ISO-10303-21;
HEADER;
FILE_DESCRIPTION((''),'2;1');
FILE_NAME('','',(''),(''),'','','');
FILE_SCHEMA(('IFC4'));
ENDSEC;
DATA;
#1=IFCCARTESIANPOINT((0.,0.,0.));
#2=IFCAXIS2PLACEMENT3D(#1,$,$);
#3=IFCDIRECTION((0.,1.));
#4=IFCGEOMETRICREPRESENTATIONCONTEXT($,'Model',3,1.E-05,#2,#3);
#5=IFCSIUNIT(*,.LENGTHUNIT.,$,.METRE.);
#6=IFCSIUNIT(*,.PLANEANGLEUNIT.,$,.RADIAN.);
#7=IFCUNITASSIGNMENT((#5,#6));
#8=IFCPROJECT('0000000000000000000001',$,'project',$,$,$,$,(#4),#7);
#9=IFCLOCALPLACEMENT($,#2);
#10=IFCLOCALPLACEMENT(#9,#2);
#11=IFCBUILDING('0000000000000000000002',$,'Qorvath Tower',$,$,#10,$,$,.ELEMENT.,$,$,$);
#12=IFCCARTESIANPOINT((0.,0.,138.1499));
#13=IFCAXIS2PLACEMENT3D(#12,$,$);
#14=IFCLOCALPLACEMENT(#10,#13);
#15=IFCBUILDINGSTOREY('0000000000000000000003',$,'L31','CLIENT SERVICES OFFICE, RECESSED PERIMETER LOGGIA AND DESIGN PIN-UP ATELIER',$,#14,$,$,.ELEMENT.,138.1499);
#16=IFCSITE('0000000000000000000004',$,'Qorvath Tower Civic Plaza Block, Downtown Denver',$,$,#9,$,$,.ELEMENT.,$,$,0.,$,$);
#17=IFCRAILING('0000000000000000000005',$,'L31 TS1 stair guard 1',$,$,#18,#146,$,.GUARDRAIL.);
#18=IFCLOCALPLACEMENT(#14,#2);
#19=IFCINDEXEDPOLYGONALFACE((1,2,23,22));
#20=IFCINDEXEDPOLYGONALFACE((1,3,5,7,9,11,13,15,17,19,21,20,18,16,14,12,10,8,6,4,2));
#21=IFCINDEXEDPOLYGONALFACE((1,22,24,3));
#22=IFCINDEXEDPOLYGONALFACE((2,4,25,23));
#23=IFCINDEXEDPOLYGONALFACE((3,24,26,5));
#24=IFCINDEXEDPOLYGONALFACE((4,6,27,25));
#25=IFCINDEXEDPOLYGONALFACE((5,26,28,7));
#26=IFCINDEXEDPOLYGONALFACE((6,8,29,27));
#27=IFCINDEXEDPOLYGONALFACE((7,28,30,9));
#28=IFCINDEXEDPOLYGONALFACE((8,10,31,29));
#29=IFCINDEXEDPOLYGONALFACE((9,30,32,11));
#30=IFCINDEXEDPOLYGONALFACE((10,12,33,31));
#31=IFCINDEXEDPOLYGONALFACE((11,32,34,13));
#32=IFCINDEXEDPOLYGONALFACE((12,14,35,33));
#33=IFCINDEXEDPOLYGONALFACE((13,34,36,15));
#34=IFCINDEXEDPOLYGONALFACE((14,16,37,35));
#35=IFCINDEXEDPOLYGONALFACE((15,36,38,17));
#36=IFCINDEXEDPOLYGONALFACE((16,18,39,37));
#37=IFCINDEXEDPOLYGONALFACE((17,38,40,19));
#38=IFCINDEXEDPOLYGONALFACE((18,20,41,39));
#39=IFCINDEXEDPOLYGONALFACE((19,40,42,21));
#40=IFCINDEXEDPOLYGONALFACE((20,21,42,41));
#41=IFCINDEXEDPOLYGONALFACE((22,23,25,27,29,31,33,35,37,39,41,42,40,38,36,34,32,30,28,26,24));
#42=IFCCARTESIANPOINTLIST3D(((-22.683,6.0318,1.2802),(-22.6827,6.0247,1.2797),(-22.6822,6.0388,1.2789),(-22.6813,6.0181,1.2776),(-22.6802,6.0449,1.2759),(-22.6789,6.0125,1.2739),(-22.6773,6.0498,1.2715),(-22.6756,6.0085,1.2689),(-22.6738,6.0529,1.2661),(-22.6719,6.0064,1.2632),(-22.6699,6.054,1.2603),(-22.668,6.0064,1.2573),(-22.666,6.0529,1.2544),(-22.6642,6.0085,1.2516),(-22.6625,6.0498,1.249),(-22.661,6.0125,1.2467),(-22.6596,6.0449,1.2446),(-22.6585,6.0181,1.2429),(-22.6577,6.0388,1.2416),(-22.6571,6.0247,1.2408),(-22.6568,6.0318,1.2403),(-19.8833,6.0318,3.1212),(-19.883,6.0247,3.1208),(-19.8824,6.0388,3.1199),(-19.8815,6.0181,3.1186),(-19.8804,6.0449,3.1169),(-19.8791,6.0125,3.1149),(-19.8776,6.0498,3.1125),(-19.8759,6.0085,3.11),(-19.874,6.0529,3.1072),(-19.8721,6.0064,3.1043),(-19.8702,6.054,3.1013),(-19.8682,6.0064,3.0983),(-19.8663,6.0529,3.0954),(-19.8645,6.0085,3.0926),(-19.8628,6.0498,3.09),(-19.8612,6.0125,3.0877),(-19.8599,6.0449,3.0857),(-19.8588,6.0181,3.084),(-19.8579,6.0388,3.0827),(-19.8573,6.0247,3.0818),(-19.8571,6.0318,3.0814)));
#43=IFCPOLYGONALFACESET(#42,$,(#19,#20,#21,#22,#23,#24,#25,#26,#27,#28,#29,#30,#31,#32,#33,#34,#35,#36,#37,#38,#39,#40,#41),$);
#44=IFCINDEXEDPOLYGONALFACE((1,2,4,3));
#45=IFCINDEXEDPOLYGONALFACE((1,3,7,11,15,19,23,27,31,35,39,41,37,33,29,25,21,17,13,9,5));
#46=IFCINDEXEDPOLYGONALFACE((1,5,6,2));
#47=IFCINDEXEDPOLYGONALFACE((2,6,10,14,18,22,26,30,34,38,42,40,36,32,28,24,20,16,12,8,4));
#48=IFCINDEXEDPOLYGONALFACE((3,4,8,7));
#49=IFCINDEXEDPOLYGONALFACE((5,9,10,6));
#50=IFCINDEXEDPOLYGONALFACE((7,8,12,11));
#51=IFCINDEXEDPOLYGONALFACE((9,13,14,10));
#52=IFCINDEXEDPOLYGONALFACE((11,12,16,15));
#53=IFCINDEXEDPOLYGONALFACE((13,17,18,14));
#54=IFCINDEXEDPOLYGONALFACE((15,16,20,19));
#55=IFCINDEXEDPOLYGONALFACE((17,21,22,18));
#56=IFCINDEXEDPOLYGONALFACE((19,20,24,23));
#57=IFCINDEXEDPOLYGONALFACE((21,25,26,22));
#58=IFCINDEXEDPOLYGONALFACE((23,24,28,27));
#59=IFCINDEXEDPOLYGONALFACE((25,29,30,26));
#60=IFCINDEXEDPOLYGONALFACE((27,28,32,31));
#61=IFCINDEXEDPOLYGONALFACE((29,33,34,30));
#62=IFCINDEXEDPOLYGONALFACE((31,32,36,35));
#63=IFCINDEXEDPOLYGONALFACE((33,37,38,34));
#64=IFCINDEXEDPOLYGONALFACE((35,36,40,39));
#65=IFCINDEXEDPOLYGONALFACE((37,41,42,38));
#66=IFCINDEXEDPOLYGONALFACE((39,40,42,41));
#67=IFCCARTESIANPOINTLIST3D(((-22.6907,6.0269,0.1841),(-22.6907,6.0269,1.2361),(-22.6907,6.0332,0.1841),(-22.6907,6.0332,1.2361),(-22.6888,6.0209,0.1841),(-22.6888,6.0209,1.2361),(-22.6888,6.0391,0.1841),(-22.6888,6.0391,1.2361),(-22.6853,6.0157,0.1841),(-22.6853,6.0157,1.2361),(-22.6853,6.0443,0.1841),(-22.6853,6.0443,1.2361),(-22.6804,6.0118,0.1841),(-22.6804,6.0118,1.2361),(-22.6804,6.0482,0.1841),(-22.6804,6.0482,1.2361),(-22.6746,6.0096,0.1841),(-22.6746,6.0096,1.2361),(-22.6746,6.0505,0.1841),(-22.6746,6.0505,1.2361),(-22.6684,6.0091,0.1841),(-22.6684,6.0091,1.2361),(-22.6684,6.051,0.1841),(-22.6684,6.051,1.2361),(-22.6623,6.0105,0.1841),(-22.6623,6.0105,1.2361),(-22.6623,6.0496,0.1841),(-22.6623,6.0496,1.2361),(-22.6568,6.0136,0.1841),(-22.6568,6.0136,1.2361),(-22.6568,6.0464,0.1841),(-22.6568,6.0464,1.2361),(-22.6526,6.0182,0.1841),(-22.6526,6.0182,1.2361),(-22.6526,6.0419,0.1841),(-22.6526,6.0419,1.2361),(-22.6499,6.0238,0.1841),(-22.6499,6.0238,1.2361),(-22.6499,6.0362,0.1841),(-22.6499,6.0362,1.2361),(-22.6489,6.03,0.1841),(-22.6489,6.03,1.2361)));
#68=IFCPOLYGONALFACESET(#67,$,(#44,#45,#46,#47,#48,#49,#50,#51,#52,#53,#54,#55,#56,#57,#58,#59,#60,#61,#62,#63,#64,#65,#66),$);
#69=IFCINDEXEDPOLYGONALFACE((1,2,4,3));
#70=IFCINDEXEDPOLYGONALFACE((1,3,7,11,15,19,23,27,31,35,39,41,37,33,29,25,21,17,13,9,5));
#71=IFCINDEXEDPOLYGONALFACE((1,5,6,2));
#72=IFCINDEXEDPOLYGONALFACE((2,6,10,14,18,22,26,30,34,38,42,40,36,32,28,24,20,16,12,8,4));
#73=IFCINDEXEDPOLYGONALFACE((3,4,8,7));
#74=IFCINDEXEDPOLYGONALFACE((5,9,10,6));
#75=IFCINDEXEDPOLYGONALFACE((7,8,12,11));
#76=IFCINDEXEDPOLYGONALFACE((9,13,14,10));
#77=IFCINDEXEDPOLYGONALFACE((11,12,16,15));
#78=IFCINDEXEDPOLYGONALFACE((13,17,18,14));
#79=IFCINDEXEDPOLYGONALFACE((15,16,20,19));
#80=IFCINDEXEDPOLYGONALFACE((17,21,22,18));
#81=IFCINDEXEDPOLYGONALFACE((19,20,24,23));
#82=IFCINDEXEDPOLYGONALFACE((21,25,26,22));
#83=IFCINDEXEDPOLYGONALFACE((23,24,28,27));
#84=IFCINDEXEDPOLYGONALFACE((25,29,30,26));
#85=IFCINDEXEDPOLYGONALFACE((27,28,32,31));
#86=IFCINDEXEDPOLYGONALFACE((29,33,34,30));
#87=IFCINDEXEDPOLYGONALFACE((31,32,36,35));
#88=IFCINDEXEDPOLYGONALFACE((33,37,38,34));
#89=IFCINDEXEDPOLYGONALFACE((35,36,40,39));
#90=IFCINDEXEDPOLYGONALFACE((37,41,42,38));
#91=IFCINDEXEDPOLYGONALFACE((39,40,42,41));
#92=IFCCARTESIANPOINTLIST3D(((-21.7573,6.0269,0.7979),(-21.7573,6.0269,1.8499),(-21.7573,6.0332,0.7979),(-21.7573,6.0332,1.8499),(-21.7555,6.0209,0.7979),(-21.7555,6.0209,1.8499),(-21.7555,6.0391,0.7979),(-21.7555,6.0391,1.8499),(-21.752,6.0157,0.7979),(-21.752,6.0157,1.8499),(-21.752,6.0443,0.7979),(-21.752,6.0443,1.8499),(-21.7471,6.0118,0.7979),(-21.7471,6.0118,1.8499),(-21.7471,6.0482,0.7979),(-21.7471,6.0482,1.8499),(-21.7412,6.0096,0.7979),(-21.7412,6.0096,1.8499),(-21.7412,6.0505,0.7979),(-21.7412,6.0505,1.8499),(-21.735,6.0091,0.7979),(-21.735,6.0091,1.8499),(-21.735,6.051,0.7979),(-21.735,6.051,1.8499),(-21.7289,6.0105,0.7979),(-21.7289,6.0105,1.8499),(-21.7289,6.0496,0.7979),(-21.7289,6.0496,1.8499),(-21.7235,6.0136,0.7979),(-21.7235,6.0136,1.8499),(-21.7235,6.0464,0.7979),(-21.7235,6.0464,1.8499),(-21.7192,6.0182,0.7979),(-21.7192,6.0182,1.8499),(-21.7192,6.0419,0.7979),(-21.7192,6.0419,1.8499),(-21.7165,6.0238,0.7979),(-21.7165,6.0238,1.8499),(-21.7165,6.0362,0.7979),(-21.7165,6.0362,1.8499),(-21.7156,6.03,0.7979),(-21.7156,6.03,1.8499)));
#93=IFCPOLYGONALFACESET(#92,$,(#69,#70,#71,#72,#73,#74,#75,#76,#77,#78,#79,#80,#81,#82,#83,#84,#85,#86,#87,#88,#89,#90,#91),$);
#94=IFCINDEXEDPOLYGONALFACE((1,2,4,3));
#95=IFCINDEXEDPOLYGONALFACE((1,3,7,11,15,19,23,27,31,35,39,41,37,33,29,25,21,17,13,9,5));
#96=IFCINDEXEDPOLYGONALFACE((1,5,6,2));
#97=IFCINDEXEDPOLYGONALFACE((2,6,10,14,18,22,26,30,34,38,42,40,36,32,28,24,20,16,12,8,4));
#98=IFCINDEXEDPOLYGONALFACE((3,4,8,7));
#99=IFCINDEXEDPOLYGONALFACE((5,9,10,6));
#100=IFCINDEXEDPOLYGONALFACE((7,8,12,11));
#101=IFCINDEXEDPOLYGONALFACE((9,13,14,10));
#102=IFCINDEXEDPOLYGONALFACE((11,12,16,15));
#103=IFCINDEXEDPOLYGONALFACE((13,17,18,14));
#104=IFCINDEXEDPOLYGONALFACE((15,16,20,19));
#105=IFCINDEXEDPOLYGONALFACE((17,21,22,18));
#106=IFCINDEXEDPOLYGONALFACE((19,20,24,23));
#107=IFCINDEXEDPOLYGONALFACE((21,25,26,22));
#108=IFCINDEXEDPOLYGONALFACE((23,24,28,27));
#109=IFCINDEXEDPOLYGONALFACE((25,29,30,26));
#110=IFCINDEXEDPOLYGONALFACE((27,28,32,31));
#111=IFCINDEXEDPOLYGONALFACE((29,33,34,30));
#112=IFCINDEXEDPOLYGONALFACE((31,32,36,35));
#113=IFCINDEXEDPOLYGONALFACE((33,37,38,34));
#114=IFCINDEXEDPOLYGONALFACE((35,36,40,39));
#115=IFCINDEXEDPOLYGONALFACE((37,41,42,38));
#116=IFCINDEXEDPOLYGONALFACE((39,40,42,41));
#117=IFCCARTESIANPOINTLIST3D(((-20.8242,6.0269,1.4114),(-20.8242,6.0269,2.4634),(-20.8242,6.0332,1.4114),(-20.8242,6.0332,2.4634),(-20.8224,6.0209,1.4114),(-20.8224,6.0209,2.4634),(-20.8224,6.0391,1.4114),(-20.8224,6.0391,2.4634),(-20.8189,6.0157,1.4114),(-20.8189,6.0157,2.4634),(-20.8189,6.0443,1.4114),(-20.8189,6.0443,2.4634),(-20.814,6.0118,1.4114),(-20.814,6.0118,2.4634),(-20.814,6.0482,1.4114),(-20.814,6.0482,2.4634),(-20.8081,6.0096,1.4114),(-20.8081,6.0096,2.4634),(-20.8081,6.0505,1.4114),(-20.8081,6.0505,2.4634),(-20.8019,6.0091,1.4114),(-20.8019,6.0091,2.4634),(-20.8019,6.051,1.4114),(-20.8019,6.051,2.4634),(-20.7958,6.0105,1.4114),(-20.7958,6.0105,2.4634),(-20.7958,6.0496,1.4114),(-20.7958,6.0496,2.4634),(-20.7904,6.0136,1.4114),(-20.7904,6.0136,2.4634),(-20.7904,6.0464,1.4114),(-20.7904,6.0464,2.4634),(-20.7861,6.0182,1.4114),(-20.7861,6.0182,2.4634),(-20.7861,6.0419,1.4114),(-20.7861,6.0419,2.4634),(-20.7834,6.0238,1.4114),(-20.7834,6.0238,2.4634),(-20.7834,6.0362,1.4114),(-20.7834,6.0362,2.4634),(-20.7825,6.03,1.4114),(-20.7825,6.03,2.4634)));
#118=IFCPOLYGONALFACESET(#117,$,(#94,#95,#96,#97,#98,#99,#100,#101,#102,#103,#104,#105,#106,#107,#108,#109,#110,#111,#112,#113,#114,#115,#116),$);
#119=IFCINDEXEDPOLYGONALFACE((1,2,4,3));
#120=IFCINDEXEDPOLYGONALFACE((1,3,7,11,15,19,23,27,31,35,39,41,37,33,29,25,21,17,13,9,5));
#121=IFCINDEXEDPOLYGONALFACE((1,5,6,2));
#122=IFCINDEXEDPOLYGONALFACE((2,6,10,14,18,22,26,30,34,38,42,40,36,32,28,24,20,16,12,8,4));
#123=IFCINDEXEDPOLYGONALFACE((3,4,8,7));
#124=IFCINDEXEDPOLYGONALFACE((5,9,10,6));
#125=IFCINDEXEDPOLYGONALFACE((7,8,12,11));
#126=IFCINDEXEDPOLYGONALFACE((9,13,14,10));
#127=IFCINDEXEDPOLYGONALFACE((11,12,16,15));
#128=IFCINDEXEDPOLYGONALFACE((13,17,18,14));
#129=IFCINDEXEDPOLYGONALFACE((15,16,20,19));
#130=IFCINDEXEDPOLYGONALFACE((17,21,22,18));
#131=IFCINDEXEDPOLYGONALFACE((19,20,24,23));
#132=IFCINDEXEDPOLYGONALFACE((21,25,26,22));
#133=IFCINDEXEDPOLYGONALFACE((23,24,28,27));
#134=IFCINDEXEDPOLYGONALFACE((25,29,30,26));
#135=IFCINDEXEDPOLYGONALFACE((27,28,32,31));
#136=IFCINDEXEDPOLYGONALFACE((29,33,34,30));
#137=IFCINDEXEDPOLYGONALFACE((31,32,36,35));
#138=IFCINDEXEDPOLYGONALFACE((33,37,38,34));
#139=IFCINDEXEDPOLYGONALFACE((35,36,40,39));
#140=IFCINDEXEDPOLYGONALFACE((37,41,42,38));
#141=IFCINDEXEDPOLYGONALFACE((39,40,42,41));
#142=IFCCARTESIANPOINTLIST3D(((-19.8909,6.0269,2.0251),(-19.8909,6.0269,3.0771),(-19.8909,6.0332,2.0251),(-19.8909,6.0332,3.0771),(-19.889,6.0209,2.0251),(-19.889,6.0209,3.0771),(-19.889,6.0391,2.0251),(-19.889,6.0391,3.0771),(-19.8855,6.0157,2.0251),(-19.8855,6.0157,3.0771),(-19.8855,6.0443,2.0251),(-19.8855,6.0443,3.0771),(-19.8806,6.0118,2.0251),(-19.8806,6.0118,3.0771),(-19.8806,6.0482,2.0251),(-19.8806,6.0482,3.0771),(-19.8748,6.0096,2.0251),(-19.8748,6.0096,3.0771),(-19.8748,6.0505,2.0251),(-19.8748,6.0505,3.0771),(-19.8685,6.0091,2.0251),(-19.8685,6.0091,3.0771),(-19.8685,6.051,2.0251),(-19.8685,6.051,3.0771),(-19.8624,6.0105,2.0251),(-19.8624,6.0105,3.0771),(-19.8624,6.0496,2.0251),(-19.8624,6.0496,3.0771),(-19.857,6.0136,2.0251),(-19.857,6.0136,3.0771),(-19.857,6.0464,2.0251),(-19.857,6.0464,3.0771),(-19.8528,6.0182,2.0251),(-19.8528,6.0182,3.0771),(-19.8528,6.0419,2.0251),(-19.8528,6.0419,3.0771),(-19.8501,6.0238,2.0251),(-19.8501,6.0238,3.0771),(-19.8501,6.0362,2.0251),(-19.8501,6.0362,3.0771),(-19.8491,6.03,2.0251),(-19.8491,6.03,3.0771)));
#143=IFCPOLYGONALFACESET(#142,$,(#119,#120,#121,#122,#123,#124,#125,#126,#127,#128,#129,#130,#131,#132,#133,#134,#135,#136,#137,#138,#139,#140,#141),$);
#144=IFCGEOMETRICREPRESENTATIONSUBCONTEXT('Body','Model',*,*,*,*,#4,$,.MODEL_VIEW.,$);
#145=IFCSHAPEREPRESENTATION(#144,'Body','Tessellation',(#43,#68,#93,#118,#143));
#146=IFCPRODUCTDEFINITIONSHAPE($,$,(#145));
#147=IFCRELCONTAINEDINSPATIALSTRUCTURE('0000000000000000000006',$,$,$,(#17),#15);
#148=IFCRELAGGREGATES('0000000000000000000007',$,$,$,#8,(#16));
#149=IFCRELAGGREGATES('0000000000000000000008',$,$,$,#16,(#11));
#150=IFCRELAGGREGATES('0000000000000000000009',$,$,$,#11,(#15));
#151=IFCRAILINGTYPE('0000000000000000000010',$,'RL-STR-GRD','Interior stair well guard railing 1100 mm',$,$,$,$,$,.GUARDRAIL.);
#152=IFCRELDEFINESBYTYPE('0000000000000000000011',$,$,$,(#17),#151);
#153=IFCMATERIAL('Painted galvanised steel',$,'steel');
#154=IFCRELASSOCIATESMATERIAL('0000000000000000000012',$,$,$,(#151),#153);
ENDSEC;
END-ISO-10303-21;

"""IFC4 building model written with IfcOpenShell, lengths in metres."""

from ifc_helpers import new_model, si_unit, direction, frame, origin, origin_2d, place, context, subcontext, project, spatial, circle, extrude, material, type_object, element, save


model = new_model("IFC4")

# Units and contexts
model_context = context("Model", 3, precision=1e-05, world=origin(), true_north=direction((0.0, 1.0)))
body_context = subcontext(model_context, "Body", "Model", "MODEL_VIEW")
ifc_project = project(units=[si_unit("LENGTHUNIT", "METRE"), si_unit("PLANEANGLEUNIT", "RADIAN")], contexts=[model_context])

# Site, building, storey
site_placement = place(None, origin())
site = spatial("IfcSite", under=ifc_project, at=site_placement, Name="Qorvath Tower Civic Plaza Block, Downtown Denver", CompositionType="ELEMENT", RefElevation=0.0)
building_placement = place(site_placement, origin())
building = spatial("IfcBuilding", under=site, at=building_placement, Name="Qorvath Tower", CompositionType="ELEMENT")
storey_placement = place(building_placement, frame((0.0, 0.0, 138.1499)))
storey = spatial("IfcBuildingStorey", under=building, at=storey_placement, Name="L31", Description="CLIENT SERVICES OFFICE, RECESSED PERIMETER LOGGIA AND DESIGN PIN-UP ATELIER", CompositionType="ELEMENT", Elevation=138.1499)

# Railing
ifc_material_1 = material(Name="Painted galvanised steel", Category="steel")
railing_type_1 = type_object("IfcRailingType", Name="RL-STR-GRD", Description="Interior stair well guard railing 1100 mm", PredefinedType="GUARDRAIL", material=ifc_material_1)
railing_1_placement = place(storey_placement, frame((-22.6699, 6.03, 0.1841)))
element("IfcRailing", 1, at=railing_1_placement, inside=storey, type_object=railing_type_1, Name="L31 TS1 stair guard 1", PredefinedType="GUARDRAIL", context=body_context, shape_type="SweptSolid", body=[
    extrude(circle(Radius=0.0239, at=origin_2d()), frame((0.0, 0.0, 1.0762), z_axis=(0.835542, 0.0, 0.549426), x_axis=(0.0, 1.0, 0.0)), (0.0, 0.0, 1.0), 3.3508),
    extrude(circle(Radius=0.021, at=origin_2d()), origin(), (0.0, 0.0, 1.0), 1.052),
    extrude(circle(Radius=0.021, at=origin_2d()), frame((0.9333, 0.0, 0.6138)), (0.0, 0.0, 1.0), 1.052),
    extrude(circle(Radius=0.021, at=origin_2d()), frame((1.8665, 0.0, 1.2273)), (0.0, 0.0, 1.0), 1.052),
    extrude(circle(Radius=0.021, at=origin_2d()), frame((2.7998, 0.0, 1.8411)), (0.0, 0.0, 1.0), 1.052),
])

save(model, "model.ifc")
